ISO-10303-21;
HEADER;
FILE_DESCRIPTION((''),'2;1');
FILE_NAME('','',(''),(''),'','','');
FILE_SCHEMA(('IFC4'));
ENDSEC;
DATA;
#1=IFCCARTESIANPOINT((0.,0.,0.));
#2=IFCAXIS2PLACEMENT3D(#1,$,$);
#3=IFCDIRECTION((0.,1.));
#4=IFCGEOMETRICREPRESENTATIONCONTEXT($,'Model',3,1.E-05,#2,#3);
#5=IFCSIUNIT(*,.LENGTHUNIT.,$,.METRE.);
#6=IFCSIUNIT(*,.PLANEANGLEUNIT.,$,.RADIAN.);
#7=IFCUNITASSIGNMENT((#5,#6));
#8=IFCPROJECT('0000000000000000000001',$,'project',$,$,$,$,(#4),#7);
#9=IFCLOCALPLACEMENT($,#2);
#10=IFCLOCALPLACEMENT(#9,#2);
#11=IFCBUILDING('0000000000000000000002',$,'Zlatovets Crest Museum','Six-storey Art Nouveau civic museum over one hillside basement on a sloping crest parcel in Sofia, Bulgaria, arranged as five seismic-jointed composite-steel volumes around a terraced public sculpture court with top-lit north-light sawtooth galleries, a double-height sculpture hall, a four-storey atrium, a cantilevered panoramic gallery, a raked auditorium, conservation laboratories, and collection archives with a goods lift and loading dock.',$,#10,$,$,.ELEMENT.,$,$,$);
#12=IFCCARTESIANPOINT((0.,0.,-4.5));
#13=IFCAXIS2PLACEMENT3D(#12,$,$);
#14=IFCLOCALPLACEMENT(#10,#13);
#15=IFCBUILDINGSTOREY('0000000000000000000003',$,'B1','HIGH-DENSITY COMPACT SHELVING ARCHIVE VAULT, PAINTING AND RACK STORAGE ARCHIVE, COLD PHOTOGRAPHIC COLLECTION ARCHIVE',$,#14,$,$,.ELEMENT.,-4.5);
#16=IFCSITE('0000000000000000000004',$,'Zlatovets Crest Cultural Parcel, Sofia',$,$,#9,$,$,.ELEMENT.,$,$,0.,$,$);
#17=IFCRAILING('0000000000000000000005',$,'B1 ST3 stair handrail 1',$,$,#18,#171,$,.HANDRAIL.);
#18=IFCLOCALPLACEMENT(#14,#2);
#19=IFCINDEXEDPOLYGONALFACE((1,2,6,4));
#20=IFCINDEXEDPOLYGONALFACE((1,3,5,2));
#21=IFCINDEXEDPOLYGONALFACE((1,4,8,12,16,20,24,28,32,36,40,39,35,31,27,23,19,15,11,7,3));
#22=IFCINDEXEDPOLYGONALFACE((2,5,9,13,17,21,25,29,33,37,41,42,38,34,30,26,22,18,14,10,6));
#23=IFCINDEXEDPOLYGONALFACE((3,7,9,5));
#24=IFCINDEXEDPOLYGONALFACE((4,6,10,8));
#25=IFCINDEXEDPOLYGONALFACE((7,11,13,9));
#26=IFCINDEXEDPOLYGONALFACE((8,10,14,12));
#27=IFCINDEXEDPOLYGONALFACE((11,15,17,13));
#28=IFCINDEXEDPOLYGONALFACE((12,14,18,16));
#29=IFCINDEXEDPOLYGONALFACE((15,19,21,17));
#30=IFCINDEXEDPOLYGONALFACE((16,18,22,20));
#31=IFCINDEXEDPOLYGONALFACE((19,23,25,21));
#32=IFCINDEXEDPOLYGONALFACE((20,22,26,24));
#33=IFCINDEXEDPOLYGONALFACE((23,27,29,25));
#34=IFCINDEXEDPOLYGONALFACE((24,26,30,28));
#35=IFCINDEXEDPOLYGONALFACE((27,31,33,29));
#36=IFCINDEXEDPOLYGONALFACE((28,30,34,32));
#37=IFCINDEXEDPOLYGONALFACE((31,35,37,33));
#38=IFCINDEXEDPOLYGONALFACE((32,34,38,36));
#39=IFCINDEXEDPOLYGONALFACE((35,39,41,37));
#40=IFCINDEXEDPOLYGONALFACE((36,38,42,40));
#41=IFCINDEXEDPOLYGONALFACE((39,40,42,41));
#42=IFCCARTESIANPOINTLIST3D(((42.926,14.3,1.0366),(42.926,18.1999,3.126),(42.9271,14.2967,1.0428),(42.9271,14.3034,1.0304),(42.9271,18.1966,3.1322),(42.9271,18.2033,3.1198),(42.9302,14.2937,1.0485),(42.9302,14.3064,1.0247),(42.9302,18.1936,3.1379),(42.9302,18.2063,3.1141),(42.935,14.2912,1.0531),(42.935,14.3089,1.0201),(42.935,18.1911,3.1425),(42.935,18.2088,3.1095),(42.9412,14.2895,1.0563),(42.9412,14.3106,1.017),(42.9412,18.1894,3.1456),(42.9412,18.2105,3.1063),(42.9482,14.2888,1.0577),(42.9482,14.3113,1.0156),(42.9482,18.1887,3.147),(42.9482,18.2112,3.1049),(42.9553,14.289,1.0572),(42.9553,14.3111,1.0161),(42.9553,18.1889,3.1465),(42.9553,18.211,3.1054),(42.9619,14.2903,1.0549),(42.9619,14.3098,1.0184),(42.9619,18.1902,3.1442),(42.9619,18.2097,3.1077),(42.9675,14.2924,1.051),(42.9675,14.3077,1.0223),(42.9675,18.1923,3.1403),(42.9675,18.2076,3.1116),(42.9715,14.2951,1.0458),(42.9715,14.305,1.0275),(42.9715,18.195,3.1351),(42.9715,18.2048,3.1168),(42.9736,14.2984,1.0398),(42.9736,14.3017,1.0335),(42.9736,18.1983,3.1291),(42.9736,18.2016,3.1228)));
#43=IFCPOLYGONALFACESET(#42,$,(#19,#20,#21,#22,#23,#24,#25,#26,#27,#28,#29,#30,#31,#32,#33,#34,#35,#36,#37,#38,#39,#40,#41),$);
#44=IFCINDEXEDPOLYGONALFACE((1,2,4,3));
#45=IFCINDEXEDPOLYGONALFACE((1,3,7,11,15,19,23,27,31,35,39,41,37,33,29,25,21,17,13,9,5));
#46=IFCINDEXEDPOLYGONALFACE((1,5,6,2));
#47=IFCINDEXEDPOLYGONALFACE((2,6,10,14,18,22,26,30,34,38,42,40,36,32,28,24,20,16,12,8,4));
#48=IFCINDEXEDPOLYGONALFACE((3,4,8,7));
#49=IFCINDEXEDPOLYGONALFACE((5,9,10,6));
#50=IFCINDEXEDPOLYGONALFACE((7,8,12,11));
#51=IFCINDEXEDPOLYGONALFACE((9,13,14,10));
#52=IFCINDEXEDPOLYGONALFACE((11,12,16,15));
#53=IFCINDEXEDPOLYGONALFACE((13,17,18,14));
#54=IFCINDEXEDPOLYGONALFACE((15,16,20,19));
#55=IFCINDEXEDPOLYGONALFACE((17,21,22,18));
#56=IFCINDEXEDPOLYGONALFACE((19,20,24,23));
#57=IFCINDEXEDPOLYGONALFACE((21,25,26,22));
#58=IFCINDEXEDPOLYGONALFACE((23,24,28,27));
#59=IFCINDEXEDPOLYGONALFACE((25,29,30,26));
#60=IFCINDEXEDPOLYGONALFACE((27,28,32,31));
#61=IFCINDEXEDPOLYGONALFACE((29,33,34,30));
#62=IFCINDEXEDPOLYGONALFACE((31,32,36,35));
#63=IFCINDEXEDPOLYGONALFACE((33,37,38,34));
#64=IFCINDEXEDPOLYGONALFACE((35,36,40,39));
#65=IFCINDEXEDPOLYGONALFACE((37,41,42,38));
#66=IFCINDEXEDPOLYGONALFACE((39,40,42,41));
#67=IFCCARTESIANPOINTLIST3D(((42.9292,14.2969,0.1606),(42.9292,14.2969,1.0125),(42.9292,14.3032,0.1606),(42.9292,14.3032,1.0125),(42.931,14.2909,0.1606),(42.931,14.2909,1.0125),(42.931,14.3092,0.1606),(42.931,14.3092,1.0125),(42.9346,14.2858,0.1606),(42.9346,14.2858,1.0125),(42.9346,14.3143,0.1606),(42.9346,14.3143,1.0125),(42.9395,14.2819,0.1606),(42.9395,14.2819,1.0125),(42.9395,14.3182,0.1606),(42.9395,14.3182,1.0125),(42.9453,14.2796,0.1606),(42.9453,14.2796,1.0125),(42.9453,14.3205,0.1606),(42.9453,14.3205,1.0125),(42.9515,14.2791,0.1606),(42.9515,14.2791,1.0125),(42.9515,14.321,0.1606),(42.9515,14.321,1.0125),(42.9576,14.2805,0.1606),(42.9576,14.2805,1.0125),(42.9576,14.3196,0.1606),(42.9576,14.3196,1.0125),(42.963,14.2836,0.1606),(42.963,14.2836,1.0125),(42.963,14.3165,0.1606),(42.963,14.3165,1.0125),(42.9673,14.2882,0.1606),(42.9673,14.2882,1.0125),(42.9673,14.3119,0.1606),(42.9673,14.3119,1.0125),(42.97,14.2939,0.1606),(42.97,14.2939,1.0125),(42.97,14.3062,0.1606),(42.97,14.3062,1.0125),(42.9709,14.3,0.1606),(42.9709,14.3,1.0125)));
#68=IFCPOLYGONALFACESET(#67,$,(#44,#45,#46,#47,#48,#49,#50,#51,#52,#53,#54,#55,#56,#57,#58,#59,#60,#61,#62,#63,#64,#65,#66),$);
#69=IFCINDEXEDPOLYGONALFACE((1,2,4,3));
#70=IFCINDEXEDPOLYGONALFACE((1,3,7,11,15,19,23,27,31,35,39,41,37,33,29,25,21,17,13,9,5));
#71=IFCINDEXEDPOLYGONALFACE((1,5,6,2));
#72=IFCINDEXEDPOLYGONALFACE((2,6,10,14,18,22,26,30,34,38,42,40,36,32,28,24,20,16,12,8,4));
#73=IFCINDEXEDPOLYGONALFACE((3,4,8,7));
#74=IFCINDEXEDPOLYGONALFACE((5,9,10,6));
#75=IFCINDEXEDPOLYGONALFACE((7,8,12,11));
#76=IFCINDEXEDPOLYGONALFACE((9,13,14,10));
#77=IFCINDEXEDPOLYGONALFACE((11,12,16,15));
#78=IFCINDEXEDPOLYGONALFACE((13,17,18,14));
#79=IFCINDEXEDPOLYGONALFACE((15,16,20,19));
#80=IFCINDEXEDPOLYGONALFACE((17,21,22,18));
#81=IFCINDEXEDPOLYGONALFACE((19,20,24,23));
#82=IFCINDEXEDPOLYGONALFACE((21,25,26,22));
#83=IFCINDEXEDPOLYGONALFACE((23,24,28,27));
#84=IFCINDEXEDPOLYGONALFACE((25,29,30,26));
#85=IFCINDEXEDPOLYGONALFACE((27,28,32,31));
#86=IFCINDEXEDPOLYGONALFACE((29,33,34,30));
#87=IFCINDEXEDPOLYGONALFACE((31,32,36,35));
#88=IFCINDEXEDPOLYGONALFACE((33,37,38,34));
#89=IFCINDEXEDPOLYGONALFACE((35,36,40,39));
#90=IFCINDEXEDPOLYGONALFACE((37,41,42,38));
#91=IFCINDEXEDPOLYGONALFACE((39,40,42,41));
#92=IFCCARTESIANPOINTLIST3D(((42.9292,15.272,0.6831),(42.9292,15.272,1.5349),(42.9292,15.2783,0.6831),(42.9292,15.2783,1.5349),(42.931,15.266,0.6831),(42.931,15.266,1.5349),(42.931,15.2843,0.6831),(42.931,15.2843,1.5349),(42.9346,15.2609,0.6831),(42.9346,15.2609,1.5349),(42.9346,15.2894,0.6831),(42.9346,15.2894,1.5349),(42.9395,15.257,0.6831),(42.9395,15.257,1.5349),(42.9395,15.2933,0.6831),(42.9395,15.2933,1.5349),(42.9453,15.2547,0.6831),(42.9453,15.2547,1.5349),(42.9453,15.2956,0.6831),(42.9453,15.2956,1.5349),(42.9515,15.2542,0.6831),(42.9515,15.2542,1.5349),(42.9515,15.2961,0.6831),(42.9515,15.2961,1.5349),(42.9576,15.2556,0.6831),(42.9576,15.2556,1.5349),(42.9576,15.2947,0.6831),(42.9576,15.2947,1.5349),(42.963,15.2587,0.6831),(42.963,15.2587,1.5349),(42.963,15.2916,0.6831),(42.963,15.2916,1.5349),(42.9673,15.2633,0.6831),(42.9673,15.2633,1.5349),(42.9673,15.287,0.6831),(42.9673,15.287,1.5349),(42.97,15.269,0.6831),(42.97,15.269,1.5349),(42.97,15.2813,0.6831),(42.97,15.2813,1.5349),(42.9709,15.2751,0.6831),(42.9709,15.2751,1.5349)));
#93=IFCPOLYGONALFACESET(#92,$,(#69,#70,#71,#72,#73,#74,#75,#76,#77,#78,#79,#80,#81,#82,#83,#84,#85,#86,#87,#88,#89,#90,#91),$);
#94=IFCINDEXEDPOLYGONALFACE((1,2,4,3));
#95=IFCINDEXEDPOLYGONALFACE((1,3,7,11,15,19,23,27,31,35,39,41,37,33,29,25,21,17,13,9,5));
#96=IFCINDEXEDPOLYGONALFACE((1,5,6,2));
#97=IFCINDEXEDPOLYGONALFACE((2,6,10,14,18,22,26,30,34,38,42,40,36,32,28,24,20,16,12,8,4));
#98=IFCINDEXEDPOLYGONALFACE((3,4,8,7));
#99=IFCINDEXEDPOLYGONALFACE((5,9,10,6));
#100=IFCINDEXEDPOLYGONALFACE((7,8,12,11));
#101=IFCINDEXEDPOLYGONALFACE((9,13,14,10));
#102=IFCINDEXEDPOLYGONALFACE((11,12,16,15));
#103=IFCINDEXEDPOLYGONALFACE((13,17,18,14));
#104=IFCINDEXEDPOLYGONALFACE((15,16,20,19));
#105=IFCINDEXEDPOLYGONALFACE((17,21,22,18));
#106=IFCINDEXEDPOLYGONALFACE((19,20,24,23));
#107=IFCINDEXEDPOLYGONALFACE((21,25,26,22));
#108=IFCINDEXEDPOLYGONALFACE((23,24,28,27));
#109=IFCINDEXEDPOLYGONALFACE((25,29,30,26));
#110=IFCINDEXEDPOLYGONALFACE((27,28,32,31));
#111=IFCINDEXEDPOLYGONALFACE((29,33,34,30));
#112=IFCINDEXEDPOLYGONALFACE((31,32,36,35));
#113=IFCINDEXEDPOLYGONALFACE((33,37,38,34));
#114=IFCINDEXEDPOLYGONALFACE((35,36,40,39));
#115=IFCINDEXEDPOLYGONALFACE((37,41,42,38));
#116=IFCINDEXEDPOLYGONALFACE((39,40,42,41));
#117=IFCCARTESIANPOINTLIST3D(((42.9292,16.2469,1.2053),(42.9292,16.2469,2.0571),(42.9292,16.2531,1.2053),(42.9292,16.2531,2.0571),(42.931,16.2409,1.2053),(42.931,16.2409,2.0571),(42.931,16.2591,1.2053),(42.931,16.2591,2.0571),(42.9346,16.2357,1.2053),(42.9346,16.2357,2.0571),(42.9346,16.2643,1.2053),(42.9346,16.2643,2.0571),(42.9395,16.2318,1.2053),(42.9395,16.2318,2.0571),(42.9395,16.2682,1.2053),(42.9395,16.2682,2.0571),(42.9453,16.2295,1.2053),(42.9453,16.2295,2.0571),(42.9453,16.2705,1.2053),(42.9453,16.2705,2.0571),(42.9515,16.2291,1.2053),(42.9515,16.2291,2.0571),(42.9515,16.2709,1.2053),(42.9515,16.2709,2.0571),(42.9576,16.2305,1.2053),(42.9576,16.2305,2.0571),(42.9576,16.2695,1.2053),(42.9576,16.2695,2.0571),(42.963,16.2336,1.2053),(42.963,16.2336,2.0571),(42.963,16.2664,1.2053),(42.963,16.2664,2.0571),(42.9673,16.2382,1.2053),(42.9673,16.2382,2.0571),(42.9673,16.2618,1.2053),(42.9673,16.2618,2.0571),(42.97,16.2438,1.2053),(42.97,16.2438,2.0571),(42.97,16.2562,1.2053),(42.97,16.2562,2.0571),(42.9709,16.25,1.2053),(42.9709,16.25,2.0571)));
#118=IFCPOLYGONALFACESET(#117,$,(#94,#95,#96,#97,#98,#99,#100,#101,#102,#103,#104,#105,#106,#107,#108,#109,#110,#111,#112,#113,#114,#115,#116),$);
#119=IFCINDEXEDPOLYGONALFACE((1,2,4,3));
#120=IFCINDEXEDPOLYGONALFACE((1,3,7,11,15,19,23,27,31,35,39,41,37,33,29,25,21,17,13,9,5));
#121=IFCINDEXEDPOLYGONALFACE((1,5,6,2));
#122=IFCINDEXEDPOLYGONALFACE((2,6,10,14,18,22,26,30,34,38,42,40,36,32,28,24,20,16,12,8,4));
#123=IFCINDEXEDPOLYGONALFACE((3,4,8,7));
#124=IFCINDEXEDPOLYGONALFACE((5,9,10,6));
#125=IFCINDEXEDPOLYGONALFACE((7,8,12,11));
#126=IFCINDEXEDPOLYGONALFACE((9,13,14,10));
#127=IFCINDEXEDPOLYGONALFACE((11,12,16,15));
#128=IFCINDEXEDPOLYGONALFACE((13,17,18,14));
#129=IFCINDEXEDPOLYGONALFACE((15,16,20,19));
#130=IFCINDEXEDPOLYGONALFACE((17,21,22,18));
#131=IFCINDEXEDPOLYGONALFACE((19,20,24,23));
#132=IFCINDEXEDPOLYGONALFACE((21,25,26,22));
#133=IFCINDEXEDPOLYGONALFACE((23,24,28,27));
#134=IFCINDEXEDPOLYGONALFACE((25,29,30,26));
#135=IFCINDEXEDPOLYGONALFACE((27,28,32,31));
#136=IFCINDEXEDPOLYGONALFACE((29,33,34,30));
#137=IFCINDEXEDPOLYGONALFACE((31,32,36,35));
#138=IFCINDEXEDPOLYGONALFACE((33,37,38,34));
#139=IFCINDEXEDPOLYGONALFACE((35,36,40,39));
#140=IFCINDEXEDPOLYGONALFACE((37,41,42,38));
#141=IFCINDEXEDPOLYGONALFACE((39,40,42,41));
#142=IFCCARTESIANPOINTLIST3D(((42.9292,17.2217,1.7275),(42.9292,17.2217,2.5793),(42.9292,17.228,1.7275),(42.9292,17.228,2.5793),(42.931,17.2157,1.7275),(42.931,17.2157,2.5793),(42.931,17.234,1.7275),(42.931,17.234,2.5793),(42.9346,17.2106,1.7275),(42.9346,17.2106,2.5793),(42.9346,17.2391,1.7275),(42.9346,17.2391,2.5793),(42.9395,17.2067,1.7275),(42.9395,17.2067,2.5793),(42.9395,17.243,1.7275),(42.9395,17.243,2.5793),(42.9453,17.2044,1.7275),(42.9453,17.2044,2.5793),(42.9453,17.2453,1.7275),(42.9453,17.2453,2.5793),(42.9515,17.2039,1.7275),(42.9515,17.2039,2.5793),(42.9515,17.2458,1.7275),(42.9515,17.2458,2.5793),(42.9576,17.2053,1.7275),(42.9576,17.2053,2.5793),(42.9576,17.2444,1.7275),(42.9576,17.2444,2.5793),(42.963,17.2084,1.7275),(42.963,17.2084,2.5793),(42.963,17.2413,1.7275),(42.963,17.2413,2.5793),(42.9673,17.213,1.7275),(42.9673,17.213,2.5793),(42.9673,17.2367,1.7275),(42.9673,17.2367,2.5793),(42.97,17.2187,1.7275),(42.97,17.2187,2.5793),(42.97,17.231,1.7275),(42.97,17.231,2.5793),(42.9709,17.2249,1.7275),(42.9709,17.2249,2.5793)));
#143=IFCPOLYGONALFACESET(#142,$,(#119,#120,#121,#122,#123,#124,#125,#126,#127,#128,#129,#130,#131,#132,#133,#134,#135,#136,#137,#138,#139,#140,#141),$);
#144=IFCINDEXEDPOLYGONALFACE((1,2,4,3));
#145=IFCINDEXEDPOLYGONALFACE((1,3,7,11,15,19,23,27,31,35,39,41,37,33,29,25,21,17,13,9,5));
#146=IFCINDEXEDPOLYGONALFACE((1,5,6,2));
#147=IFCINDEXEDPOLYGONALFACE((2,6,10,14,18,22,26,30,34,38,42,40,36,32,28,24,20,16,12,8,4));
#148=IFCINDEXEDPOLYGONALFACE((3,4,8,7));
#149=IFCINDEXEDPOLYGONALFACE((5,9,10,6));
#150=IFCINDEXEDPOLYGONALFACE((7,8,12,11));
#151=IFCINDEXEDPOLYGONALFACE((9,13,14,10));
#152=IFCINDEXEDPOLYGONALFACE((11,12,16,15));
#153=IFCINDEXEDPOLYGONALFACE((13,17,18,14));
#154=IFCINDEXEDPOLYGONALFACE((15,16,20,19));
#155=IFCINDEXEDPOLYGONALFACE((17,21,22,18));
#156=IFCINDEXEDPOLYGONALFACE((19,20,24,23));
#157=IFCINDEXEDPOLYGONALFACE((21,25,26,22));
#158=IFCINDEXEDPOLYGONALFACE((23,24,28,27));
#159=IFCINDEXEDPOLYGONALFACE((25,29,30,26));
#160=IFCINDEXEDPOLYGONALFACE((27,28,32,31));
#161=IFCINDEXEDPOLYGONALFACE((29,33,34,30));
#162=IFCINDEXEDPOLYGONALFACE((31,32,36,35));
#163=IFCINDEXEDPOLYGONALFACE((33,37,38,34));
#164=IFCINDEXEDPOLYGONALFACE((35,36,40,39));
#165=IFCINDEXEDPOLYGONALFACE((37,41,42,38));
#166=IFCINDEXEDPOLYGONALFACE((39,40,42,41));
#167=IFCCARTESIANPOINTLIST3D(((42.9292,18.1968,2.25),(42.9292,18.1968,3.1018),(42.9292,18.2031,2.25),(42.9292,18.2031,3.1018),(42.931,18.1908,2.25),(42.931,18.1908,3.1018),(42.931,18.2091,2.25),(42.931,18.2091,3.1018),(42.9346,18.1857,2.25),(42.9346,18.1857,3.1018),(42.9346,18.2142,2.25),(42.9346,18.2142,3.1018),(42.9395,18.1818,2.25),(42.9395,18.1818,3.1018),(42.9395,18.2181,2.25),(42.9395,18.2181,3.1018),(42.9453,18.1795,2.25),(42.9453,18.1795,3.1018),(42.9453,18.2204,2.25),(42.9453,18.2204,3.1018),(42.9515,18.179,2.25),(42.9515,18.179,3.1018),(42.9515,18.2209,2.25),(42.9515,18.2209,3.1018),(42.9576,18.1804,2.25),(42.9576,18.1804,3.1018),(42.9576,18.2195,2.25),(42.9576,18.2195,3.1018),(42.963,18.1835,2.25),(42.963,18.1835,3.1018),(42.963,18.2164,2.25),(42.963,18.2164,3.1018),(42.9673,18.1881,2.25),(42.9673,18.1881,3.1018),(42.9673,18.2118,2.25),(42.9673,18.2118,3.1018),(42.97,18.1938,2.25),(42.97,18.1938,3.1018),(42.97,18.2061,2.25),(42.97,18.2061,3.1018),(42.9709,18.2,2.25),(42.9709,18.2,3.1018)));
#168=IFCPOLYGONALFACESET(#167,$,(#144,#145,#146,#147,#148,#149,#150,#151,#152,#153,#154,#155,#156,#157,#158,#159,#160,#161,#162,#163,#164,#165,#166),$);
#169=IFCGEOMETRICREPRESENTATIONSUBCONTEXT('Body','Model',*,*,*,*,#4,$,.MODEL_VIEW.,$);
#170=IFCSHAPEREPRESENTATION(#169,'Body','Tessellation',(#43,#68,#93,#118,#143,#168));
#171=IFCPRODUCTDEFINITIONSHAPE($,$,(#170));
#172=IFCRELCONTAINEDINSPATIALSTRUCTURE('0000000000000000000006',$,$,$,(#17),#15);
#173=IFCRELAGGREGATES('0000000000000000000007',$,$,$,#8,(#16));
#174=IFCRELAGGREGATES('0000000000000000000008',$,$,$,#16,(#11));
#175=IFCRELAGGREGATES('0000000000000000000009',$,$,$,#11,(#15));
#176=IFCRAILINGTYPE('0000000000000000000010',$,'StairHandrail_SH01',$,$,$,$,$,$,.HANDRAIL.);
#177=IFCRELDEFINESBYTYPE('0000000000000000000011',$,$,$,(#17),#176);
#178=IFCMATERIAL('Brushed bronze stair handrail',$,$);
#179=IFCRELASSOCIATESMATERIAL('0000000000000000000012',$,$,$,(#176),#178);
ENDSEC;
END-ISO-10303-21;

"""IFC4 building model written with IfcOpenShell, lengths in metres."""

from ifc_helpers import new_model, si_unit, direction, frame, origin, origin_2d, place, context, subcontext, project, spatial, circle, extrude, material, type_object, element, save


model = new_model("IFC4")

# Units and contexts
model_context = context("Model", 3, precision=1e-05, world=origin(), true_north=direction((0.0, 1.0)))
body_context = subcontext(model_context, "Body", "Model", "MODEL_VIEW")
ifc_project = project(units=[si_unit("LENGTHUNIT", "METRE"), si_unit("PLANEANGLEUNIT", "RADIAN")], contexts=[model_context])

# Site, building, storey
site_placement = place(None, origin())
site = spatial("IfcSite", under=ifc_project, at=site_placement, Name="Zlatovets Crest Cultural Parcel, Sofia", CompositionType="ELEMENT", RefElevation=0.0)
building_placement = place(site_placement, origin())
building = spatial("IfcBuilding", under=site, at=building_placement, Name="Zlatovets Crest Museum", Description="Six-storey Art Nouveau civic museum over one hillside basement on a sloping crest parcel in Sofia, Bulgaria, arranged as five seismic-jointed composite-steel volumes around a terraced public sculpture court with top-lit north-light sawtooth galleries, a double-height sculpture hall, a four-storey atrium, a cantilevered panoramic gallery, a raked auditorium, conservation laboratories, and collection archives with a goods lift and loading dock.", CompositionType="ELEMENT")
storey_placement = place(building_placement, frame((0.0, 0.0, -4.5)))
storey = spatial("IfcBuildingStorey", under=building, at=storey_placement, Name="B1", Description="HIGH-DENSITY COMPACT SHELVING ARCHIVE VAULT, PAINTING AND RACK STORAGE ARCHIVE, COLD PHOTOGRAPHIC COLLECTION ARCHIVE", CompositionType="ELEMENT", Elevation=-4.5)

# Railing
ifc_material_1 = material(Name="Brushed bronze stair handrail")
railing_type_1 = type_object("IfcRailingType", Name="StairHandrail_SH01", PredefinedType="HANDRAIL", material=ifc_material_1)
railing_1_placement = place(storey_placement, frame((42.95, 14.3, 0.1606)))
element("IfcRailing", 1, at=railing_1_placement, inside=storey, type_object=railing_type_1, Name="B1 ST3 stair handrail 1", PredefinedType="HANDRAIL", context=body_context, shape_type="SweptSolid", body=[
    extrude(circle(Radius=0.0239, at=origin_2d()), frame((0.0, 0.0, 0.876), z_axis=(0.0, 0.881468, 0.472243), x_axis=(-1.0, 0.0, 0.0)), (0.0, 0.0, 1.0), 4.4243),
    extrude(circle(Radius=0.021, at=origin_2d()), origin(), (0.0, 0.0, 1.0), 0.8518),
    extrude(circle(Radius=0.021, at=origin_2d()), frame((0.0, 0.9751, 0.5225)), (0.0, 0.0, 1.0), 0.8518),
    extrude(circle(Radius=0.021, at=origin_2d()), frame((0.0, 1.95, 1.0447)), (0.0, 0.0, 1.0), 0.8518),
    extrude(circle(Radius=0.021, at=origin_2d()), frame((0.0, 2.9248, 1.5669)), (0.0, 0.0, 1.0), 0.8518),
    extrude(circle(Radius=0.021, at=origin_2d()), frame((0.0, 3.8999, 2.0894)), (0.0, 0.0, 1.0), 0.8518),
])

save(model, "model.ifc")
